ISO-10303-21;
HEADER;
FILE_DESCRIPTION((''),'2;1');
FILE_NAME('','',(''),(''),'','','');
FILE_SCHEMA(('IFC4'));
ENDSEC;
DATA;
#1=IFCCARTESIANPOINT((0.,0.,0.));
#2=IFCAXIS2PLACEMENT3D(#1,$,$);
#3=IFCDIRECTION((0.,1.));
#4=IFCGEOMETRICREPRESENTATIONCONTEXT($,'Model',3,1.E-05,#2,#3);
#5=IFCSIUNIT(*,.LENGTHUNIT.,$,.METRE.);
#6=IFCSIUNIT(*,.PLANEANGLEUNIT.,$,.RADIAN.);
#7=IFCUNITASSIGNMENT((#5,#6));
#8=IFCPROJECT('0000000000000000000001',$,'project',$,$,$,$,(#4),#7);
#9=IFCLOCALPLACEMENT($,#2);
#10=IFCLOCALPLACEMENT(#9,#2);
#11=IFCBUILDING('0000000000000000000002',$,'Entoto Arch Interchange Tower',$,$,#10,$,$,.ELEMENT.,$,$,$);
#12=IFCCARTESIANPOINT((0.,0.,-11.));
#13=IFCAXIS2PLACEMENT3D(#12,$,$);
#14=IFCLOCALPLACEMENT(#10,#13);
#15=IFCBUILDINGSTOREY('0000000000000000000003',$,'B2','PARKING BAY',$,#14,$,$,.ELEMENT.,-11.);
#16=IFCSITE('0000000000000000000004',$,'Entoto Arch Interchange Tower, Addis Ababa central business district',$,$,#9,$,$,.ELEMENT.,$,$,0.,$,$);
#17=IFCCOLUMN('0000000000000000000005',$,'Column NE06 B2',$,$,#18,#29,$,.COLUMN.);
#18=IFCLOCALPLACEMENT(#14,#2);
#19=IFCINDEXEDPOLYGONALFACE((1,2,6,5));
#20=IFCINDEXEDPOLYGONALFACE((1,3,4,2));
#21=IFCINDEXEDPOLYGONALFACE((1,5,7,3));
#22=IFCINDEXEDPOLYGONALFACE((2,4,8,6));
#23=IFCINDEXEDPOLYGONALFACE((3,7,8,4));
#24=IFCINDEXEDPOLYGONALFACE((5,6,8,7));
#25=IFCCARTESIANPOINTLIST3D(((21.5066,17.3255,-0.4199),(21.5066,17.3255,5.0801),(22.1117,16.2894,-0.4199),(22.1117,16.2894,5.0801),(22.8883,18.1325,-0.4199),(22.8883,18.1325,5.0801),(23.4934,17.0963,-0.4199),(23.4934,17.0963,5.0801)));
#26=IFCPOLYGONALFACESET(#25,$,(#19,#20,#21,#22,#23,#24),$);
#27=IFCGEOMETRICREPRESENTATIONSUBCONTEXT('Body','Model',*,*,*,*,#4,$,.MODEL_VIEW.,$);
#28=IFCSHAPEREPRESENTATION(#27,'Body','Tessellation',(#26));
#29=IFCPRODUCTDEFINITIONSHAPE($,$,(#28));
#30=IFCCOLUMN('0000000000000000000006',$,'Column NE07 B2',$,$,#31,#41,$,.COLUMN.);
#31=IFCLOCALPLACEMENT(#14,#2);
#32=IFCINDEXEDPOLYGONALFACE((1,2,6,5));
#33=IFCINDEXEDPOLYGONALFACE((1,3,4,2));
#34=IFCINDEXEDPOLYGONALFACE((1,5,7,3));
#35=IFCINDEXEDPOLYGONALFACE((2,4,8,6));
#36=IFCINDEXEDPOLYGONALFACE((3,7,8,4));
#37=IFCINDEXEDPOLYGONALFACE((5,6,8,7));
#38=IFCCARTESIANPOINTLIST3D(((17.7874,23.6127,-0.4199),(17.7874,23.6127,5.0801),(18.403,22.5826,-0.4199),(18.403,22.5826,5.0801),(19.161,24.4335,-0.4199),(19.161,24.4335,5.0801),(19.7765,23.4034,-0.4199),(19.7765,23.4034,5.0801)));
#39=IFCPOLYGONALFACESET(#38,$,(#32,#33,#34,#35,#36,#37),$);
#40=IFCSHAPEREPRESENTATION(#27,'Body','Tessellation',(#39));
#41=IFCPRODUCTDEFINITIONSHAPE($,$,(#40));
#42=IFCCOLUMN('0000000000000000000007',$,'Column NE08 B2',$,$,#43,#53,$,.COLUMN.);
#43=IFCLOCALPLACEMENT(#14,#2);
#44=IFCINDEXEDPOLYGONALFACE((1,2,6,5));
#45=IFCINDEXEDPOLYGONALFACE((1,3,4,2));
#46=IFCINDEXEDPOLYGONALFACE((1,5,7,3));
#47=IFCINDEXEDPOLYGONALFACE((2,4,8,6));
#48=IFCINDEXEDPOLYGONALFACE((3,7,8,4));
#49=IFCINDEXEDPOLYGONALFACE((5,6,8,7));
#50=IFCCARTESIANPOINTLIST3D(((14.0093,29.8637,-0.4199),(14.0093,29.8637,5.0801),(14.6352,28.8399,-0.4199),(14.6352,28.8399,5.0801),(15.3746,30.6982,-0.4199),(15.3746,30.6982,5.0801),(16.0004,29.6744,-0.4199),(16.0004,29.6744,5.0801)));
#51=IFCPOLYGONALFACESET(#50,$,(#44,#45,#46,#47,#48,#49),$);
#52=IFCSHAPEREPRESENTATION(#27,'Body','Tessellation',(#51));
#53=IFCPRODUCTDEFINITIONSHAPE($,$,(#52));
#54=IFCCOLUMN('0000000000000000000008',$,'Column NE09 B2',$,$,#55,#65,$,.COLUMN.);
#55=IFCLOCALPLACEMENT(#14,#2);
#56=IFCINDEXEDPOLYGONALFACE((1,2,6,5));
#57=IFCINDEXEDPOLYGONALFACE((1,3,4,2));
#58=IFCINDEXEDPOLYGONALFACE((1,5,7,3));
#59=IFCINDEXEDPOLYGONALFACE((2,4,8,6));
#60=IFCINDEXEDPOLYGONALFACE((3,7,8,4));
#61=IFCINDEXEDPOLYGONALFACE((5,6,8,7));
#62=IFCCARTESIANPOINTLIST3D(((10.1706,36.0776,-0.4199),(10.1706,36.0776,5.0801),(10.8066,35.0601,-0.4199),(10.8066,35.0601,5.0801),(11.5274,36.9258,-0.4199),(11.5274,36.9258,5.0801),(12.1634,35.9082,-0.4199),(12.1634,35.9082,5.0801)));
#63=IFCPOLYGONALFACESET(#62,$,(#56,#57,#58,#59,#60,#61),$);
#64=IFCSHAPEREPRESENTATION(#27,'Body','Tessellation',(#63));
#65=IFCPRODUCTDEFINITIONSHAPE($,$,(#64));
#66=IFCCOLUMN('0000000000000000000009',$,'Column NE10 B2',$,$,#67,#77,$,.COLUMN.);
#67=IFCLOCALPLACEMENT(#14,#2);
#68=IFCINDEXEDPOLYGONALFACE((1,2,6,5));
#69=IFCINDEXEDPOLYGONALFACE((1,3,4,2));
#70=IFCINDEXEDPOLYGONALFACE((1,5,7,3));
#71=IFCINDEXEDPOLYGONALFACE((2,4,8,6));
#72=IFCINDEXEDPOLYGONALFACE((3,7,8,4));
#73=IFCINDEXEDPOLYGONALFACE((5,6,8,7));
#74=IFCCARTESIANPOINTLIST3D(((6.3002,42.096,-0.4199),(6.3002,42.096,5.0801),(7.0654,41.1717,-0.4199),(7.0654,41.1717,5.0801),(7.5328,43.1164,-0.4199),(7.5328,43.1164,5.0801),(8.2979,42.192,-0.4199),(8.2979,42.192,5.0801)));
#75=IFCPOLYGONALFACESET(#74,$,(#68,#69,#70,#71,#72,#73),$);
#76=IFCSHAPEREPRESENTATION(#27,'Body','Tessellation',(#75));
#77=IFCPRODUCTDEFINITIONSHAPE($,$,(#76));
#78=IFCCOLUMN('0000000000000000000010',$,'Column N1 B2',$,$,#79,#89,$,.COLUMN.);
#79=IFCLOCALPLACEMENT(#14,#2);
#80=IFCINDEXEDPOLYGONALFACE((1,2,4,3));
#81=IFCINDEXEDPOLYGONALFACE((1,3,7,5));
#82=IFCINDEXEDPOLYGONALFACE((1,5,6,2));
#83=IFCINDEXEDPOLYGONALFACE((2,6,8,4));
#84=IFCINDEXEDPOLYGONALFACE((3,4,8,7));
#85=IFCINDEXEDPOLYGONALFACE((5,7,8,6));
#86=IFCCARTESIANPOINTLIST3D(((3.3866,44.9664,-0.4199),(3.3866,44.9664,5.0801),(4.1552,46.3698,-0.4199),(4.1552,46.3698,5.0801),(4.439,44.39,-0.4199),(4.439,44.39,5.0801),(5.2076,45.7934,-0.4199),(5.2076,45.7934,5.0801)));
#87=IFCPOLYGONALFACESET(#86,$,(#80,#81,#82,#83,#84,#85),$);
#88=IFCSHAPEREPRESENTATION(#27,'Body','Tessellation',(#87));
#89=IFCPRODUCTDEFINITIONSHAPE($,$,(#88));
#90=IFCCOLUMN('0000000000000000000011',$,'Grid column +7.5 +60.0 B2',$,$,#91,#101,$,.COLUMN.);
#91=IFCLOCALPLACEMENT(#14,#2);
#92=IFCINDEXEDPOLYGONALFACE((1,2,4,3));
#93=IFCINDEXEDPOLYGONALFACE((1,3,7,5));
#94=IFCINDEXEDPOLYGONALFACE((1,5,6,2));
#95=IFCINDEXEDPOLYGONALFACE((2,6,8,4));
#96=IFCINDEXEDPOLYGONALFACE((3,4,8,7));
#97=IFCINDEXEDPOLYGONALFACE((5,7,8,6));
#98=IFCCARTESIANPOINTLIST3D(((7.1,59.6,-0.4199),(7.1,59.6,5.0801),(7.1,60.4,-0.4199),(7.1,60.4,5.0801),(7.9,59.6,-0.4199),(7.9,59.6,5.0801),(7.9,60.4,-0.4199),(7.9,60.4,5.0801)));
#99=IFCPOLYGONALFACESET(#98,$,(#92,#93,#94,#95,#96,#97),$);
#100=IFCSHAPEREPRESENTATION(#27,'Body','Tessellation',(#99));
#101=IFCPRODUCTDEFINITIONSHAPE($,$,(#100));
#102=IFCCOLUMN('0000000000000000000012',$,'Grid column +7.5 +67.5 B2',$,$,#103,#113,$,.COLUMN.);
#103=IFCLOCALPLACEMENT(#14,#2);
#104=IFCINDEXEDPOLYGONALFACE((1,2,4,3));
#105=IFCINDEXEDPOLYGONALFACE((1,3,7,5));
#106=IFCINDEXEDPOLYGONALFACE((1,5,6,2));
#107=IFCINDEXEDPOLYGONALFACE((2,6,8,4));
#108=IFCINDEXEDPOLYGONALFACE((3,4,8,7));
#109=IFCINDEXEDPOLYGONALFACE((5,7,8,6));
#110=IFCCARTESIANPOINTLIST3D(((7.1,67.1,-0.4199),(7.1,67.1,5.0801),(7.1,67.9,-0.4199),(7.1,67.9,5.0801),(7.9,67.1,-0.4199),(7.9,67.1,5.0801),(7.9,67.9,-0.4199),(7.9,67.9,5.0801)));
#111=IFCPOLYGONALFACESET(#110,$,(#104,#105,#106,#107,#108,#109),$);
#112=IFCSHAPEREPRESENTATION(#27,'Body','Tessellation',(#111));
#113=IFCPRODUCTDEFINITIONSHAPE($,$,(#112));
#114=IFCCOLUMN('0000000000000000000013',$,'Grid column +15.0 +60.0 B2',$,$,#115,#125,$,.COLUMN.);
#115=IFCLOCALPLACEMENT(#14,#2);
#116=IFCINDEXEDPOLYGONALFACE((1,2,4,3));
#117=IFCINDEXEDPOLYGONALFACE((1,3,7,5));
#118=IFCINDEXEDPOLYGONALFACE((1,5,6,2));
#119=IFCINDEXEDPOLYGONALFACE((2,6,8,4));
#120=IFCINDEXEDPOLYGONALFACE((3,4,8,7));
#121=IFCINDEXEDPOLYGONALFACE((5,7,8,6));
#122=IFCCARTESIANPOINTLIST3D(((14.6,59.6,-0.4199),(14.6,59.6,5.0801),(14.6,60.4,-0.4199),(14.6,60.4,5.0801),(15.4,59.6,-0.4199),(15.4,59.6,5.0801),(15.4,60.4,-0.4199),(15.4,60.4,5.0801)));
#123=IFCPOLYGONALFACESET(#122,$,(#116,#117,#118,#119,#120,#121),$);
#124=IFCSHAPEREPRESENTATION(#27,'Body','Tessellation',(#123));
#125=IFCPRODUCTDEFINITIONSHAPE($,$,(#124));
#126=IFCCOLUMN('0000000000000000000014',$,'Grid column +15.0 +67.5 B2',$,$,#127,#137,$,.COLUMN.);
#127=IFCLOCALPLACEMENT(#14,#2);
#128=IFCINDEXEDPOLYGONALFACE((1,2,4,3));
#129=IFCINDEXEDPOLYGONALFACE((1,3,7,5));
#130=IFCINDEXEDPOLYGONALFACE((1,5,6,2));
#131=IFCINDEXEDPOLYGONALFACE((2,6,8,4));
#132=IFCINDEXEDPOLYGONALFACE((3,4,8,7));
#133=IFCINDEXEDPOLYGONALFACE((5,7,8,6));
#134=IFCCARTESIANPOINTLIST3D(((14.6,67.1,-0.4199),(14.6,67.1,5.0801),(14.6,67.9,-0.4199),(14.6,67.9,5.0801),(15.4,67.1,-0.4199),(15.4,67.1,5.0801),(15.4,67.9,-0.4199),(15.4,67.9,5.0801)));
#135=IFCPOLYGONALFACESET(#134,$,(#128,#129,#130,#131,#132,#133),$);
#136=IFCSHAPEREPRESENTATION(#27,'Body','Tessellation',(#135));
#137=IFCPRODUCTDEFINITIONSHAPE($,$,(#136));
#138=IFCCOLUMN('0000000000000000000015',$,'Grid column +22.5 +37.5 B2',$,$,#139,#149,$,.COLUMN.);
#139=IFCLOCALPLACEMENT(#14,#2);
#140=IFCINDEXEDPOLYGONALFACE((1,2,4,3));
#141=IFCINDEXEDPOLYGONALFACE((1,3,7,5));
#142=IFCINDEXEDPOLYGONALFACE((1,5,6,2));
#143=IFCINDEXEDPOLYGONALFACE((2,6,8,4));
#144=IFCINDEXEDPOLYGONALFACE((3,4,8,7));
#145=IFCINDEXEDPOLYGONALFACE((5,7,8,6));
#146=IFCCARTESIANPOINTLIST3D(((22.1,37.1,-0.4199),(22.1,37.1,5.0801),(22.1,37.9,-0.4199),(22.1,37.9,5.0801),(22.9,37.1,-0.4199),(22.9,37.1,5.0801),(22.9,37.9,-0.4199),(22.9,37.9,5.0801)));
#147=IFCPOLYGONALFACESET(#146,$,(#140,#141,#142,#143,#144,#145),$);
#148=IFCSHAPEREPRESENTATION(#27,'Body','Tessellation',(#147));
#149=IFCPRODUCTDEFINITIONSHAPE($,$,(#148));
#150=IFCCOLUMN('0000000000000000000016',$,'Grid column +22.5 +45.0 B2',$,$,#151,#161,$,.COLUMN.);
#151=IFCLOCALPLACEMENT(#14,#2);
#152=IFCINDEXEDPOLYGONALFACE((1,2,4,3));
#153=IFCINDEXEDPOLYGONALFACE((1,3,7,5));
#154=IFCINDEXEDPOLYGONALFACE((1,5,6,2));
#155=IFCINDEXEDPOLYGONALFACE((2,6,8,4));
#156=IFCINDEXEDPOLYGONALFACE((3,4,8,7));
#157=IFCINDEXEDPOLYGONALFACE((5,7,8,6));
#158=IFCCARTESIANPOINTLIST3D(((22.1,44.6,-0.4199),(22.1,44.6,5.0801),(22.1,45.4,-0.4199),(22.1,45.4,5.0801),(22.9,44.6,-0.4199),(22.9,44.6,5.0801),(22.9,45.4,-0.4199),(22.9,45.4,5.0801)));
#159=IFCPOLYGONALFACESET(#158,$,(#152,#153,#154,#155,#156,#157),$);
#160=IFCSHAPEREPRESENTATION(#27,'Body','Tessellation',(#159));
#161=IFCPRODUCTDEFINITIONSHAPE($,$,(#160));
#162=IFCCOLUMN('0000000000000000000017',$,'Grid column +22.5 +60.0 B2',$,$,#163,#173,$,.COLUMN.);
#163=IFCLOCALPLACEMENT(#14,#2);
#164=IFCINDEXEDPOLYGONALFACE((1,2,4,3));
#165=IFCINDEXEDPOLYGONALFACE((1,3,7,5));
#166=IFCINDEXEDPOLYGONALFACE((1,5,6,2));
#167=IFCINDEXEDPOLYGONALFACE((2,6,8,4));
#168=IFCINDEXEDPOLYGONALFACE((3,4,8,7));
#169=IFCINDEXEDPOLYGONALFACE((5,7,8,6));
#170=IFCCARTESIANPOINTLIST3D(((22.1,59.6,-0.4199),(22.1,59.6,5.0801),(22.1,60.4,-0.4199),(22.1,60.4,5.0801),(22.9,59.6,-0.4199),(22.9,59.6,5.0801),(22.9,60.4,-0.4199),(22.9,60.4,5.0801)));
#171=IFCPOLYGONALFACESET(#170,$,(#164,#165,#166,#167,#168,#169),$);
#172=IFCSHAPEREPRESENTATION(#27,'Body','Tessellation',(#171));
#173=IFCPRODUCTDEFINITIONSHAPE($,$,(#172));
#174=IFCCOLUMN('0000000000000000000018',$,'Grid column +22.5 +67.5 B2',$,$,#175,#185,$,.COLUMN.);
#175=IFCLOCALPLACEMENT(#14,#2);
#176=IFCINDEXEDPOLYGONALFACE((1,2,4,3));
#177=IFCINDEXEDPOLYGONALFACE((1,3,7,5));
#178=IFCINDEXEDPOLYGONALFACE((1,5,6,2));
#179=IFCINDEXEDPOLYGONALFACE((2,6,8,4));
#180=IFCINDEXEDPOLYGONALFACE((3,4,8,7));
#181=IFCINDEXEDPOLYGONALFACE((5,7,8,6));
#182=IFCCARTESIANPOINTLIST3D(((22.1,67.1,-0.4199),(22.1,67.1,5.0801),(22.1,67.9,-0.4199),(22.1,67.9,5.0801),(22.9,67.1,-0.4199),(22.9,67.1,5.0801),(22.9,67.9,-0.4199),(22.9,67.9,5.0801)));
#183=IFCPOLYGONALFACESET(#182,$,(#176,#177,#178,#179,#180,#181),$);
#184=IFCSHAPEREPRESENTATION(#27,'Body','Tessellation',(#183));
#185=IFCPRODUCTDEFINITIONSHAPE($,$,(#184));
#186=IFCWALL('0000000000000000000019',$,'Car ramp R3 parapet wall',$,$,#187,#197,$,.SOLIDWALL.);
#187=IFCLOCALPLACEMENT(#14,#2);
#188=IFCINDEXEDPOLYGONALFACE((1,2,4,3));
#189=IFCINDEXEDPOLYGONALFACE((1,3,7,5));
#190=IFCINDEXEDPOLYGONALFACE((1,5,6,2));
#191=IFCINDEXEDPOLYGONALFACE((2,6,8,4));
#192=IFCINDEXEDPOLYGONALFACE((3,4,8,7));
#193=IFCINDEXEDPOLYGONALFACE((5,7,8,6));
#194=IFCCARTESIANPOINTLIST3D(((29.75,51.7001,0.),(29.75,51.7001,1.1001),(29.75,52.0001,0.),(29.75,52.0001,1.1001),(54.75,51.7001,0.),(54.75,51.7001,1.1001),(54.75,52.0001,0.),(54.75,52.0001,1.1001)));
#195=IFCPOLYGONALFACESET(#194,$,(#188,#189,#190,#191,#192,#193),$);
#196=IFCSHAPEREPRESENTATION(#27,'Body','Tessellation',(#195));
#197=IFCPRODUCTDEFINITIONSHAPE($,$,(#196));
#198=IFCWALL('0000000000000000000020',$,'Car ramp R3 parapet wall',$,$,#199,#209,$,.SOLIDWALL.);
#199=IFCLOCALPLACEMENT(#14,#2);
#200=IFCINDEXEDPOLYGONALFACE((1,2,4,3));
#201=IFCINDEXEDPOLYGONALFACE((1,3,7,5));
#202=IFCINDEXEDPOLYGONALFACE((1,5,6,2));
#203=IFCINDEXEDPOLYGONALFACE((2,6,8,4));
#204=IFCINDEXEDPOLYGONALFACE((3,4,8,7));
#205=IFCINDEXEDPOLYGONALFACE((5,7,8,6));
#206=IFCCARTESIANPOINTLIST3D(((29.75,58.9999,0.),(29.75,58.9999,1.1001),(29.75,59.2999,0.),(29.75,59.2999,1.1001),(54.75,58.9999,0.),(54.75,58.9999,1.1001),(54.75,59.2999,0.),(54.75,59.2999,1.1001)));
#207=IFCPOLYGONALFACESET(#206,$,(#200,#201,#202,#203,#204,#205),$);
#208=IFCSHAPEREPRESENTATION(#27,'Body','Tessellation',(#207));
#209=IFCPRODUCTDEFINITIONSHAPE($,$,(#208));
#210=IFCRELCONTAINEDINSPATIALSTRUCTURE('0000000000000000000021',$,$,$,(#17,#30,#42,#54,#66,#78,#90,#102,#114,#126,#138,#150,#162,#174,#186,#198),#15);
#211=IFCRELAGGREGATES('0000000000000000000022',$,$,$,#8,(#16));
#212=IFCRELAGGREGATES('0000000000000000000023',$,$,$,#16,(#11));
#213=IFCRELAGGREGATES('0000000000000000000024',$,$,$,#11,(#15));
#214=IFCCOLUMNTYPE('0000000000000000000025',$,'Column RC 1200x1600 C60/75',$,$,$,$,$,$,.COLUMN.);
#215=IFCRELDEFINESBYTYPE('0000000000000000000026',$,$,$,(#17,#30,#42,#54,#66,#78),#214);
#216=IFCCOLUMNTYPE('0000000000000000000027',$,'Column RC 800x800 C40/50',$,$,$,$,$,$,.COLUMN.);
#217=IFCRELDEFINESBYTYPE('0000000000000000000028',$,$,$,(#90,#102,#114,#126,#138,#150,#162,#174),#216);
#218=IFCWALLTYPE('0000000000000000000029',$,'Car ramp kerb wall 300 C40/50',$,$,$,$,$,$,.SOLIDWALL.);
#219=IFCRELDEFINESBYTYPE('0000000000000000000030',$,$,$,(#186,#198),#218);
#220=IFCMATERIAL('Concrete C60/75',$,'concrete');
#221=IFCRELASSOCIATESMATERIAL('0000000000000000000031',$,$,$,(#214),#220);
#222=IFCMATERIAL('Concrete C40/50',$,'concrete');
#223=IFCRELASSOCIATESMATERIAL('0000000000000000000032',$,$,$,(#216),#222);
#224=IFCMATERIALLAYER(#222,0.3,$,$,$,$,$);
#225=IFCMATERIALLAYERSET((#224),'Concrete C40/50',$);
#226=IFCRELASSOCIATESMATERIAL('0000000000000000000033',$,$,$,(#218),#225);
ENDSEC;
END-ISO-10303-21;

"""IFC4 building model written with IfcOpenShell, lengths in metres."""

from ifc_helpers import new_model, si_unit, direction, frame, frame_2d, origin, origin_2d, place, context, subcontext, project, spatial, rectangle, extrude, material, layer, layer_set, material_profile, profile_set, type_object, element, save


model = new_model("IFC4")

# Units and contexts
model_context = context("Model", 3, precision=1e-05, world=origin(), true_north=direction((0.0, 1.0)))
body_context = subcontext(model_context, "Body", "Model", "MODEL_VIEW")
ifc_project = project(units=[si_unit("LENGTHUNIT", "METRE"), si_unit("PLANEANGLEUNIT", "RADIAN")], contexts=[model_context])

# Site, building, storey
site_placement = place(None, origin())
site = spatial("IfcSite", under=ifc_project, at=site_placement, Name="Entoto Arch Interchange Tower, Addis Ababa central business district", CompositionType="ELEMENT", RefElevation=0.0)
building_placement = place(site_placement, origin())
building = spatial("IfcBuilding", under=site, at=building_placement, Name="Entoto Arch Interchange Tower", CompositionType="ELEMENT")
storey_placement = place(building_placement, frame((0.0, 0.0, -11.0)))
storey = spatial("IfcBuildingStorey", under=building, at=storey_placement, Name="B2", Description="PARKING BAY", CompositionType="ELEMENT", Elevation=-11.0)

# Columns
ifc_material_1 = material(Name="Concrete C60/75", Category="concrete")
ifc_material_profile_1 = material_profile(ifc_material_1, rectangle(XDim=1.2, YDim=1.6001, at=origin_2d()))
ifc_profile_set_1 = profile_set([ifc_material_profile_1], Name="Concrete C60/75")
column_type_1 = type_object("IfcColumnType", Name="Column RC 1200x1600 C60/75", PredefinedType="COLUMN", material=ifc_profile_set_1)
for number, where, z_axis, x_axis, name in (
    (1, (22.5, 17.2109, -0.4199), (0.0, 0.0, 1.0), (-0.504332, 0.86351, 0.0), "Column NE06 B2"),
    (2, (18.782, 23.5081, -0.4199), (0.0, 0.0, 1.0), (-0.512972, 0.858405, 0.0), "Column NE07 B2"),
    (3, (15.0049, 29.769, -0.4199), (0.0, 0.0, 1.0), (-0.521546, 0.853223, 0.0), "Column NE08 B2"),
    (4, (11.167, 35.9929, -0.4199), (0.0, 0.0, 1.0), (-0.530067, 0.847956, 0.0), "Column NE09 B2"),
    (5, (7.2991, 42.144, -0.4199), (0.0, 0.0, 1.0), (-0.637666, 0.770313, 0.0), "Column NE10 B2"),
    (6, (4.2971, 45.3799, -0.4199), (0.0, 0.0, 1.0), (-0.877079, 0.480346, 0.0), "Column N1 B2"),
):
    element("IfcColumn", number, at=place(storey_placement, frame(where, z_axis=z_axis, x_axis=x_axis)), inside=storey, type_object=column_type_1, Name=name, PredefinedType="COLUMN", context=body_context, shape_type="SweptSolid", body=[
        extrude(rectangle(XDim=1.2, YDim=1.6001, at=origin_2d()), origin(), (0.0, 0.0, 1.0), 5.5),
    ])
ifc_material_2 = material(Name="Concrete C40/50", Category="concrete")
ifc_material_profile_2 = material_profile(ifc_material_2, rectangle(XDim=0.8, YDim=0.8, at=origin_2d()))
ifc_profile_set_2 = profile_set([ifc_material_profile_2], Name="Concrete C40/50")
column_type_2 = type_object("IfcColumnType", Name="Column RC 800x800 C40/50", PredefinedType="COLUMN", material=ifc_profile_set_2)
for number, where, z_axis, x_axis, name in (
    (7, (7.5, 60.0, -0.4199), (0.0, 0.0, 1.0), (1.0, 0.0, 0.0), "Grid column +7.5 +60.0 B2"),
    (8, (7.5, 67.5, -0.4199), (0.0, 0.0, 1.0), (1.0, 0.0, 0.0), "Grid column +7.5 +67.5 B2"),
    (9, (15.0, 60.0, -0.4199), (0.0, 0.0, 1.0), (1.0, 0.0, 0.0), "Grid column +15.0 +60.0 B2"),
    (10, (15.0, 67.5, -0.4199), (0.0, 0.0, 1.0), (1.0, 0.0, 0.0), "Grid column +15.0 +67.5 B2"),
    (11, (22.5, 37.5, -0.4199), (0.0, 0.0, 1.0), (1.0, 0.0, 0.0), "Grid column +22.5 +37.5 B2"),
    (12, (22.5, 45.0, -0.4199), (0.0, 0.0, 1.0), (1.0, 0.0, 0.0), "Grid column +22.5 +45.0 B2"),
    (13, (22.5, 60.0, -0.4199), (0.0, 0.0, 1.0), (1.0, 0.0, 0.0), "Grid column +22.5 +60.0 B2"),
    (14, (22.5, 67.5, -0.4199), (0.0, 0.0, 1.0), (1.0, 0.0, 0.0), "Grid column +22.5 +67.5 B2"),
):
    element("IfcColumn", number, at=place(storey_placement, frame(where, z_axis=z_axis, x_axis=x_axis)), inside=storey, type_object=column_type_2, Name=name, PredefinedType="COLUMN", context=body_context, shape_type="SweptSolid", body=[
        extrude(rectangle(XDim=0.8, YDim=0.8, at=origin_2d()), origin(), (0.0, 0.0, 1.0), 5.5),
    ])

# Walls
ifc_layer_1 = layer(ifc_material_2, 0.3)
ifc_layer_set_1 = layer_set([ifc_layer_1], Name="Concrete C40/50")
wall_type_1 = type_object("IfcWallType", Name="Car ramp kerb wall 300 C40/50", PredefinedType="SOLIDWALL", material=ifc_layer_set_1)
for number, where, z_axis, x_axis, name in (
    (15, (29.75, 51.8501, 0.0), (0.0, 0.0, 1.0), (1.0, 0.0, 0.0), "Car ramp R3 parapet wall"),
    (16, (29.75, 59.1499, 0.0), (0.0, 0.0, 1.0), (1.0, 0.0, 0.0), "Car ramp R3 parapet wall"),
):
    element("IfcWall", number, at=place(storey_placement, frame(where, z_axis=z_axis, x_axis=x_axis)), inside=storey, type_object=wall_type_1, Name=name, PredefinedType="SOLIDWALL", context=body_context, shape_type="SweptSolid", body=[
        extrude(rectangle(XDim=25.0, YDim=0.3, at=frame_2d((12.5, 0.0))), origin(), (0.0, 0.0, 1.0), 1.1001),
    ])

save(model, "model.ifc")
